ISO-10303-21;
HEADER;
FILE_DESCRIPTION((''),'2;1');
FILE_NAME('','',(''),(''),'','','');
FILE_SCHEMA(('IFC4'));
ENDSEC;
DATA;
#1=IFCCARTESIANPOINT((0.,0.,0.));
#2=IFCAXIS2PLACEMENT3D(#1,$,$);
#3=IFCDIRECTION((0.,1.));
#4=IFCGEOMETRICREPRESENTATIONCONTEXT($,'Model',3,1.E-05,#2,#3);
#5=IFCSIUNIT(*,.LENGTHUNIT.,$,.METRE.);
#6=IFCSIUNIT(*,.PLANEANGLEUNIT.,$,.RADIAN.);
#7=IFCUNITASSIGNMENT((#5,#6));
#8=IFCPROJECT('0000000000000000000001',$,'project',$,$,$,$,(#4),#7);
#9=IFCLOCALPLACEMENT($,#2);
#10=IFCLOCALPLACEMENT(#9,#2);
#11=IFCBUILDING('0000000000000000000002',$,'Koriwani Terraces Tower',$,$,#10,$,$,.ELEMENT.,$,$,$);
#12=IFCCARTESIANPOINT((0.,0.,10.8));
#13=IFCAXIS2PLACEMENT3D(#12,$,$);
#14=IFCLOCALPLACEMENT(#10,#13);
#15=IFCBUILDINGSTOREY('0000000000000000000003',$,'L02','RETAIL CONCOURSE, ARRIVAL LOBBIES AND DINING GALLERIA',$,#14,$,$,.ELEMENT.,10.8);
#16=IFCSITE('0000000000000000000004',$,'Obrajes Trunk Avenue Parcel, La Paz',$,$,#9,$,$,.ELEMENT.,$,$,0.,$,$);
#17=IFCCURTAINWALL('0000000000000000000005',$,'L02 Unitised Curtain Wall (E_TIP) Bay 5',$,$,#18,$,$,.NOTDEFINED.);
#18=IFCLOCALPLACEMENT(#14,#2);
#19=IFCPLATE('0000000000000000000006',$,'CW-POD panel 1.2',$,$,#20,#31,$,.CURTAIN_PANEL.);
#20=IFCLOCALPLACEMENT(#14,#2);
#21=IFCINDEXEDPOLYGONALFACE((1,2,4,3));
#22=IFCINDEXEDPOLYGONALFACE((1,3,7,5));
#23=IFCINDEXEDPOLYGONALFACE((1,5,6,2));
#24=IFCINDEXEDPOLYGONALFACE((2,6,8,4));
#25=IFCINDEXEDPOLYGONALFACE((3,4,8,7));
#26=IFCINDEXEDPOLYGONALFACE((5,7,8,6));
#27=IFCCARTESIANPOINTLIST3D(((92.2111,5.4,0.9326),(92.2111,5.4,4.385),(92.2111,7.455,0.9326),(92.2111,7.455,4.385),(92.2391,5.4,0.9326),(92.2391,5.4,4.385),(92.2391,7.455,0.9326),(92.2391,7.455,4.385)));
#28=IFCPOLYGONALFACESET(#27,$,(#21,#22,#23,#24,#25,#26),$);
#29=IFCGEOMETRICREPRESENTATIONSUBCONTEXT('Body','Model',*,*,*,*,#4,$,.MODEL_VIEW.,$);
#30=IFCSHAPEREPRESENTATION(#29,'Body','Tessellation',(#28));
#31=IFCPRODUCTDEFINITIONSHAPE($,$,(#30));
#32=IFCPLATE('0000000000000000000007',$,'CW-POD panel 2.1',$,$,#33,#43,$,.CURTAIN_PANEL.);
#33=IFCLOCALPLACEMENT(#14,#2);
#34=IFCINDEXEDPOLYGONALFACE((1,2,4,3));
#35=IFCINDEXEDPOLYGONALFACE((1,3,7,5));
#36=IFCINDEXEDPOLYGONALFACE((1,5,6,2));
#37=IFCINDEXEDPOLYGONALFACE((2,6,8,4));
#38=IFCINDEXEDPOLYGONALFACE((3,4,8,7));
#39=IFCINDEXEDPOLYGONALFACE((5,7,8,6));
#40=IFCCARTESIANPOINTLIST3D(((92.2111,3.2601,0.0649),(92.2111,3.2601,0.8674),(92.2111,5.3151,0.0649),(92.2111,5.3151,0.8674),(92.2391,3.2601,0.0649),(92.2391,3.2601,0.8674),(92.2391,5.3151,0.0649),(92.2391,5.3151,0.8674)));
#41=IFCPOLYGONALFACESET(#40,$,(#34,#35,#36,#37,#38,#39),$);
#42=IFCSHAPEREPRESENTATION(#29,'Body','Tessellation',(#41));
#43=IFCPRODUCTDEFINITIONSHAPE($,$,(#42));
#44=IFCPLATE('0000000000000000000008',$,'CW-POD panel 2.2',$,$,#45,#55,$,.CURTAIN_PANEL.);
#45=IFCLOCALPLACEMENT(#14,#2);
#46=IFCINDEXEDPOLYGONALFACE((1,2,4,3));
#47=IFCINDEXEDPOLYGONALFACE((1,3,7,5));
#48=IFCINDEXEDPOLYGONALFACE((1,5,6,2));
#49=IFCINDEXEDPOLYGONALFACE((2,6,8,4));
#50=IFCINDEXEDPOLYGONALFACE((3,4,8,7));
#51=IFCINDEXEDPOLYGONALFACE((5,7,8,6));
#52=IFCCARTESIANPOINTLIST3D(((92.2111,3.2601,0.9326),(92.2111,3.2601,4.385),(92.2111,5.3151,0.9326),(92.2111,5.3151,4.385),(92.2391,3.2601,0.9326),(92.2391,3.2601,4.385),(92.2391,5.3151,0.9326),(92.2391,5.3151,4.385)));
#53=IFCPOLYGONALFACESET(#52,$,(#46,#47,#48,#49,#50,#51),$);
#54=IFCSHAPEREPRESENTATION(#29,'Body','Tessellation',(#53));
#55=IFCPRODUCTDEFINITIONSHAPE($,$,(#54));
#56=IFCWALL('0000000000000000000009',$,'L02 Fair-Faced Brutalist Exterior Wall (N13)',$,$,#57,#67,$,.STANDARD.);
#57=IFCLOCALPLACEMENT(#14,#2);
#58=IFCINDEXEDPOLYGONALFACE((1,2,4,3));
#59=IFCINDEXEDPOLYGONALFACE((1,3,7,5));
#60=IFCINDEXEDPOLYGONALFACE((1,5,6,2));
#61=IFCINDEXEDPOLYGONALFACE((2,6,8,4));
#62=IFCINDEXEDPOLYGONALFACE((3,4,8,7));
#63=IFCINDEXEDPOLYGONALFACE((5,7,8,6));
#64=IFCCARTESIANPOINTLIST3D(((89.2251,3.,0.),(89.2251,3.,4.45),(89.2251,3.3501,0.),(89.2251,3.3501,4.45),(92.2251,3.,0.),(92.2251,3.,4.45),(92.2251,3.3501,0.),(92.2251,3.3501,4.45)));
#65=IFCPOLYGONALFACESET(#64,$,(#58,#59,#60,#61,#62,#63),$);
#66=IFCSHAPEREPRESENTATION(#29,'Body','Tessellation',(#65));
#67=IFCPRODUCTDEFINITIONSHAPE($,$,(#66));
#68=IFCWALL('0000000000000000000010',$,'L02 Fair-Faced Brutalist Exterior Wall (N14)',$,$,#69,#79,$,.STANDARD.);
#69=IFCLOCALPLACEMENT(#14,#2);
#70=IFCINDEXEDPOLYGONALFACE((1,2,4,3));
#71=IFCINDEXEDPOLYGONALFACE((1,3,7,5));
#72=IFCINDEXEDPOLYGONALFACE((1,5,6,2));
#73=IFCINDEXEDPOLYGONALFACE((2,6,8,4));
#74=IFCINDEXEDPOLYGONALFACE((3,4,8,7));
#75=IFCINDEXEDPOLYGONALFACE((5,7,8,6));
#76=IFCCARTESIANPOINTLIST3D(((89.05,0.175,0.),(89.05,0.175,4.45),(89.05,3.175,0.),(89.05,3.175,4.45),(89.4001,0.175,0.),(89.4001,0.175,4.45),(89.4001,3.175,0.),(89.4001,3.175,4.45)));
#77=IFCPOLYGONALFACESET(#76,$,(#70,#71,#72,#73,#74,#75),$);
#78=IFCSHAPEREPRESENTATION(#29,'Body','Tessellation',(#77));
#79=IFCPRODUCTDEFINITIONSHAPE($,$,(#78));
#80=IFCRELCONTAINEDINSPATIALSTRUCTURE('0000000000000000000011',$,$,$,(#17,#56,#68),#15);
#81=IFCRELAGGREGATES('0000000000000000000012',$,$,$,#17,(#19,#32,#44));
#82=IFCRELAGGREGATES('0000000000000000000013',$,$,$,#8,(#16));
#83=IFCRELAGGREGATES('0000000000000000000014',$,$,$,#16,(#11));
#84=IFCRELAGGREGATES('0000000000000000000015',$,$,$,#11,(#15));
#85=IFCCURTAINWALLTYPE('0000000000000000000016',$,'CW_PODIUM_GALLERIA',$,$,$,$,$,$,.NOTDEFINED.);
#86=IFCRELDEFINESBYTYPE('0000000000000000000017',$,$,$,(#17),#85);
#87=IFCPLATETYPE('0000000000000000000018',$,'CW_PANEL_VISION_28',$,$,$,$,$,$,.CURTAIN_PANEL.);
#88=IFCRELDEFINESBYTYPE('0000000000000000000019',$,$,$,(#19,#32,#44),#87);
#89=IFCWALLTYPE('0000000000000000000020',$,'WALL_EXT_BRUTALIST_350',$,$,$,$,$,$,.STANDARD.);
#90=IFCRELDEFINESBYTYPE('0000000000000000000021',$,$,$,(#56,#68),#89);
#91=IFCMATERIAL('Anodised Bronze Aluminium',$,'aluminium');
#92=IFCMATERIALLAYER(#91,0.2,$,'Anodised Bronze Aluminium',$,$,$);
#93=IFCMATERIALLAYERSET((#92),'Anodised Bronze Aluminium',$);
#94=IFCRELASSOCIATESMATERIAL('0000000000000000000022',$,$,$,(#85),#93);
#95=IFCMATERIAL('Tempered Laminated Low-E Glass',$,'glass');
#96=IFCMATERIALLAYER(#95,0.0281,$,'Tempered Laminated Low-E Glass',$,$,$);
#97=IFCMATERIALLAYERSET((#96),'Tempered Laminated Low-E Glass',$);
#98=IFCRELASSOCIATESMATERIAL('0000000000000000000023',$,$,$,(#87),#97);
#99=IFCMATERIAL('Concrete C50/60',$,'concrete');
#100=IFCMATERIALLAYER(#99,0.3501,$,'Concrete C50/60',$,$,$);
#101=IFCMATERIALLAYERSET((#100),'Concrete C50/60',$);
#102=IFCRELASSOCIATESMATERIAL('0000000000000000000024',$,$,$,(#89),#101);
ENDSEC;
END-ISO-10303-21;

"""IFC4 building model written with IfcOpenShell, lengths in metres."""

from ifc_helpers import new_model, si_unit, direction, frame, frame_2d, origin, origin_2d, place, context, subcontext, project, spatial, rectangle, extrude, material, layer, layer_set, type_object, element, aggregate, save


model = new_model("IFC4")

# Units and contexts
model_context = context("Model", 3, precision=1e-05, world=origin(), true_north=direction((0.0, 1.0)))
body_context = subcontext(model_context, "Body", "Model", "MODEL_VIEW")
ifc_project = project(units=[si_unit("LENGTHUNIT", "METRE"), si_unit("PLANEANGLEUNIT", "RADIAN")], contexts=[model_context])

# Site, building, storey
site_placement = place(None, origin())
site = spatial("IfcSite", under=ifc_project, at=site_placement, Name="Obrajes Trunk Avenue Parcel, La Paz", CompositionType="ELEMENT", RefElevation=0.0)
building_placement = place(site_placement, origin())
building = spatial("IfcBuilding", under=site, at=building_placement, Name="Koriwani Terraces Tower", CompositionType="ELEMENT")
storey_placement = place(building_placement, frame((0.0, 0.0, 10.8)))
storey = spatial("IfcBuildingStorey", under=building, at=storey_placement, Name="L02", Description="RETAIL CONCOURSE, ARRIVAL LOBBIES AND DINING GALLERIA", CompositionType="ELEMENT", Elevation=10.8)

# Curtain wall, plates
ifc_material_1 = material(Name="Anodised Bronze Aluminium", Category="aluminium")
ifc_layer_1 = layer(ifc_material_1, 0.2, Name="Anodised Bronze Aluminium")
ifc_layer_set_1 = layer_set([ifc_layer_1], Name="Anodised Bronze Aluminium")
curtain_wall_type = type_object("IfcCurtainWallType", Name="CW_PODIUM_GALLERIA", PredefinedType="NOTDEFINED", material=ifc_layer_set_1)
curtain_wall_placement = place(storey_placement, origin())
curtain_wall = element("IfcCurtainWall", 1, at=curtain_wall_placement, inside=storey, type_object=curtain_wall_type, Name="L02 Unitised Curtain Wall (E_TIP) Bay 5", PredefinedType="NOTDEFINED")
ifc_material_2 = material(Name="Tempered Laminated Low-E Glass", Category="glass")
ifc_layer_2 = layer(ifc_material_2, 0.0281, Name="Tempered Laminated Low-E Glass")
ifc_layer_set_2 = layer_set([ifc_layer_2], Name="Tempered Laminated Low-E Glass")
plate_type = type_object("IfcPlateType", Name="CW_PANEL_VISION_28", PredefinedType="CURTAIN_PANEL", material=ifc_layer_set_2)
plate_1_placement = place(storey_placement, frame((92.2251, 6.4275, 0.9326), z_axis=(0.0, 0.0, 1.0), x_axis=(0.0, -1.0, 0.0)))
plate_1 = element("IfcPlate", 2, at=plate_1_placement, type_object=plate_type, Name="CW-POD panel 1.2", PredefinedType="CURTAIN_PANEL", context=body_context, shape_type="SweptSolid", body=[
    extrude(rectangle(XDim=2.0549, YDim=0.0281, at=origin_2d()), origin(), (0.0, 0.0, 1.0), 3.4524),
])
plate_2_placement = place(storey_placement, frame((92.2251, 4.2876, 0.0649), z_axis=(0.0, 0.0, 1.0), x_axis=(0.0, -1.0, 0.0)))
plate_2 = element("IfcPlate", 3, at=plate_2_placement, type_object=plate_type, Name="CW-POD panel 2.1", PredefinedType="CURTAIN_PANEL", context=body_context, shape_type="SweptSolid", body=[
    extrude(rectangle(XDim=2.0549, YDim=0.0281, at=origin_2d()), origin(), (0.0, 0.0, 1.0), 0.8025),
])
plate_3_placement = place(storey_placement, frame((92.2251, 4.2876, 0.9326), z_axis=(0.0, 0.0, 1.0), x_axis=(0.0, -1.0, 0.0)))
plate_3 = element("IfcPlate", 4, at=plate_3_placement, type_object=plate_type, Name="CW-POD panel 2.2", PredefinedType="CURTAIN_PANEL", context=body_context, shape_type="SweptSolid", body=[
    extrude(rectangle(XDim=2.0549, YDim=0.0281, at=origin_2d()), origin(), (0.0, 0.0, 1.0), 3.4524),
])
aggregate(curtain_wall, [plate_1, plate_2, plate_3])

# Walls
ifc_material_3 = material(Name="Concrete C50/60", Category="concrete")
ifc_layer_3 = layer(ifc_material_3, 0.3501, Name="Concrete C50/60")
ifc_layer_set_3 = layer_set([ifc_layer_3], Name="Concrete C50/60")
wall_type = type_object("IfcWallType", Name="WALL_EXT_BRUTALIST_350", PredefinedType="STANDARD", material=ifc_layer_set_3)
for number, where, z_axis, x_axis, name in (
    (5, (92.2251, 3.175, 0.0), (0.0, 0.0, 1.0), (-1.0, 0.0, 0.0), "L02 Fair-Faced Brutalist Exterior Wall (N13)"),
    (6, (89.2251, 3.175, 0.0), (0.0, 0.0, 1.0), (0.0, -1.0, 0.0), "L02 Fair-Faced Brutalist Exterior Wall (N14)"),
):
    element("IfcWall", number, at=place(storey_placement, frame(where, z_axis=z_axis, x_axis=x_axis)), inside=storey, type_object=wall_type, Name=name, PredefinedType="STANDARD", context=body_context, shape_type="SweptSolid", body=[
        extrude(rectangle(XDim=3.0, YDim=0.3501, at=frame_2d((1.5, 0.0))), origin(), (0.0, 0.0, 1.0), 4.45),
    ])

save(model, "model.ifc")
